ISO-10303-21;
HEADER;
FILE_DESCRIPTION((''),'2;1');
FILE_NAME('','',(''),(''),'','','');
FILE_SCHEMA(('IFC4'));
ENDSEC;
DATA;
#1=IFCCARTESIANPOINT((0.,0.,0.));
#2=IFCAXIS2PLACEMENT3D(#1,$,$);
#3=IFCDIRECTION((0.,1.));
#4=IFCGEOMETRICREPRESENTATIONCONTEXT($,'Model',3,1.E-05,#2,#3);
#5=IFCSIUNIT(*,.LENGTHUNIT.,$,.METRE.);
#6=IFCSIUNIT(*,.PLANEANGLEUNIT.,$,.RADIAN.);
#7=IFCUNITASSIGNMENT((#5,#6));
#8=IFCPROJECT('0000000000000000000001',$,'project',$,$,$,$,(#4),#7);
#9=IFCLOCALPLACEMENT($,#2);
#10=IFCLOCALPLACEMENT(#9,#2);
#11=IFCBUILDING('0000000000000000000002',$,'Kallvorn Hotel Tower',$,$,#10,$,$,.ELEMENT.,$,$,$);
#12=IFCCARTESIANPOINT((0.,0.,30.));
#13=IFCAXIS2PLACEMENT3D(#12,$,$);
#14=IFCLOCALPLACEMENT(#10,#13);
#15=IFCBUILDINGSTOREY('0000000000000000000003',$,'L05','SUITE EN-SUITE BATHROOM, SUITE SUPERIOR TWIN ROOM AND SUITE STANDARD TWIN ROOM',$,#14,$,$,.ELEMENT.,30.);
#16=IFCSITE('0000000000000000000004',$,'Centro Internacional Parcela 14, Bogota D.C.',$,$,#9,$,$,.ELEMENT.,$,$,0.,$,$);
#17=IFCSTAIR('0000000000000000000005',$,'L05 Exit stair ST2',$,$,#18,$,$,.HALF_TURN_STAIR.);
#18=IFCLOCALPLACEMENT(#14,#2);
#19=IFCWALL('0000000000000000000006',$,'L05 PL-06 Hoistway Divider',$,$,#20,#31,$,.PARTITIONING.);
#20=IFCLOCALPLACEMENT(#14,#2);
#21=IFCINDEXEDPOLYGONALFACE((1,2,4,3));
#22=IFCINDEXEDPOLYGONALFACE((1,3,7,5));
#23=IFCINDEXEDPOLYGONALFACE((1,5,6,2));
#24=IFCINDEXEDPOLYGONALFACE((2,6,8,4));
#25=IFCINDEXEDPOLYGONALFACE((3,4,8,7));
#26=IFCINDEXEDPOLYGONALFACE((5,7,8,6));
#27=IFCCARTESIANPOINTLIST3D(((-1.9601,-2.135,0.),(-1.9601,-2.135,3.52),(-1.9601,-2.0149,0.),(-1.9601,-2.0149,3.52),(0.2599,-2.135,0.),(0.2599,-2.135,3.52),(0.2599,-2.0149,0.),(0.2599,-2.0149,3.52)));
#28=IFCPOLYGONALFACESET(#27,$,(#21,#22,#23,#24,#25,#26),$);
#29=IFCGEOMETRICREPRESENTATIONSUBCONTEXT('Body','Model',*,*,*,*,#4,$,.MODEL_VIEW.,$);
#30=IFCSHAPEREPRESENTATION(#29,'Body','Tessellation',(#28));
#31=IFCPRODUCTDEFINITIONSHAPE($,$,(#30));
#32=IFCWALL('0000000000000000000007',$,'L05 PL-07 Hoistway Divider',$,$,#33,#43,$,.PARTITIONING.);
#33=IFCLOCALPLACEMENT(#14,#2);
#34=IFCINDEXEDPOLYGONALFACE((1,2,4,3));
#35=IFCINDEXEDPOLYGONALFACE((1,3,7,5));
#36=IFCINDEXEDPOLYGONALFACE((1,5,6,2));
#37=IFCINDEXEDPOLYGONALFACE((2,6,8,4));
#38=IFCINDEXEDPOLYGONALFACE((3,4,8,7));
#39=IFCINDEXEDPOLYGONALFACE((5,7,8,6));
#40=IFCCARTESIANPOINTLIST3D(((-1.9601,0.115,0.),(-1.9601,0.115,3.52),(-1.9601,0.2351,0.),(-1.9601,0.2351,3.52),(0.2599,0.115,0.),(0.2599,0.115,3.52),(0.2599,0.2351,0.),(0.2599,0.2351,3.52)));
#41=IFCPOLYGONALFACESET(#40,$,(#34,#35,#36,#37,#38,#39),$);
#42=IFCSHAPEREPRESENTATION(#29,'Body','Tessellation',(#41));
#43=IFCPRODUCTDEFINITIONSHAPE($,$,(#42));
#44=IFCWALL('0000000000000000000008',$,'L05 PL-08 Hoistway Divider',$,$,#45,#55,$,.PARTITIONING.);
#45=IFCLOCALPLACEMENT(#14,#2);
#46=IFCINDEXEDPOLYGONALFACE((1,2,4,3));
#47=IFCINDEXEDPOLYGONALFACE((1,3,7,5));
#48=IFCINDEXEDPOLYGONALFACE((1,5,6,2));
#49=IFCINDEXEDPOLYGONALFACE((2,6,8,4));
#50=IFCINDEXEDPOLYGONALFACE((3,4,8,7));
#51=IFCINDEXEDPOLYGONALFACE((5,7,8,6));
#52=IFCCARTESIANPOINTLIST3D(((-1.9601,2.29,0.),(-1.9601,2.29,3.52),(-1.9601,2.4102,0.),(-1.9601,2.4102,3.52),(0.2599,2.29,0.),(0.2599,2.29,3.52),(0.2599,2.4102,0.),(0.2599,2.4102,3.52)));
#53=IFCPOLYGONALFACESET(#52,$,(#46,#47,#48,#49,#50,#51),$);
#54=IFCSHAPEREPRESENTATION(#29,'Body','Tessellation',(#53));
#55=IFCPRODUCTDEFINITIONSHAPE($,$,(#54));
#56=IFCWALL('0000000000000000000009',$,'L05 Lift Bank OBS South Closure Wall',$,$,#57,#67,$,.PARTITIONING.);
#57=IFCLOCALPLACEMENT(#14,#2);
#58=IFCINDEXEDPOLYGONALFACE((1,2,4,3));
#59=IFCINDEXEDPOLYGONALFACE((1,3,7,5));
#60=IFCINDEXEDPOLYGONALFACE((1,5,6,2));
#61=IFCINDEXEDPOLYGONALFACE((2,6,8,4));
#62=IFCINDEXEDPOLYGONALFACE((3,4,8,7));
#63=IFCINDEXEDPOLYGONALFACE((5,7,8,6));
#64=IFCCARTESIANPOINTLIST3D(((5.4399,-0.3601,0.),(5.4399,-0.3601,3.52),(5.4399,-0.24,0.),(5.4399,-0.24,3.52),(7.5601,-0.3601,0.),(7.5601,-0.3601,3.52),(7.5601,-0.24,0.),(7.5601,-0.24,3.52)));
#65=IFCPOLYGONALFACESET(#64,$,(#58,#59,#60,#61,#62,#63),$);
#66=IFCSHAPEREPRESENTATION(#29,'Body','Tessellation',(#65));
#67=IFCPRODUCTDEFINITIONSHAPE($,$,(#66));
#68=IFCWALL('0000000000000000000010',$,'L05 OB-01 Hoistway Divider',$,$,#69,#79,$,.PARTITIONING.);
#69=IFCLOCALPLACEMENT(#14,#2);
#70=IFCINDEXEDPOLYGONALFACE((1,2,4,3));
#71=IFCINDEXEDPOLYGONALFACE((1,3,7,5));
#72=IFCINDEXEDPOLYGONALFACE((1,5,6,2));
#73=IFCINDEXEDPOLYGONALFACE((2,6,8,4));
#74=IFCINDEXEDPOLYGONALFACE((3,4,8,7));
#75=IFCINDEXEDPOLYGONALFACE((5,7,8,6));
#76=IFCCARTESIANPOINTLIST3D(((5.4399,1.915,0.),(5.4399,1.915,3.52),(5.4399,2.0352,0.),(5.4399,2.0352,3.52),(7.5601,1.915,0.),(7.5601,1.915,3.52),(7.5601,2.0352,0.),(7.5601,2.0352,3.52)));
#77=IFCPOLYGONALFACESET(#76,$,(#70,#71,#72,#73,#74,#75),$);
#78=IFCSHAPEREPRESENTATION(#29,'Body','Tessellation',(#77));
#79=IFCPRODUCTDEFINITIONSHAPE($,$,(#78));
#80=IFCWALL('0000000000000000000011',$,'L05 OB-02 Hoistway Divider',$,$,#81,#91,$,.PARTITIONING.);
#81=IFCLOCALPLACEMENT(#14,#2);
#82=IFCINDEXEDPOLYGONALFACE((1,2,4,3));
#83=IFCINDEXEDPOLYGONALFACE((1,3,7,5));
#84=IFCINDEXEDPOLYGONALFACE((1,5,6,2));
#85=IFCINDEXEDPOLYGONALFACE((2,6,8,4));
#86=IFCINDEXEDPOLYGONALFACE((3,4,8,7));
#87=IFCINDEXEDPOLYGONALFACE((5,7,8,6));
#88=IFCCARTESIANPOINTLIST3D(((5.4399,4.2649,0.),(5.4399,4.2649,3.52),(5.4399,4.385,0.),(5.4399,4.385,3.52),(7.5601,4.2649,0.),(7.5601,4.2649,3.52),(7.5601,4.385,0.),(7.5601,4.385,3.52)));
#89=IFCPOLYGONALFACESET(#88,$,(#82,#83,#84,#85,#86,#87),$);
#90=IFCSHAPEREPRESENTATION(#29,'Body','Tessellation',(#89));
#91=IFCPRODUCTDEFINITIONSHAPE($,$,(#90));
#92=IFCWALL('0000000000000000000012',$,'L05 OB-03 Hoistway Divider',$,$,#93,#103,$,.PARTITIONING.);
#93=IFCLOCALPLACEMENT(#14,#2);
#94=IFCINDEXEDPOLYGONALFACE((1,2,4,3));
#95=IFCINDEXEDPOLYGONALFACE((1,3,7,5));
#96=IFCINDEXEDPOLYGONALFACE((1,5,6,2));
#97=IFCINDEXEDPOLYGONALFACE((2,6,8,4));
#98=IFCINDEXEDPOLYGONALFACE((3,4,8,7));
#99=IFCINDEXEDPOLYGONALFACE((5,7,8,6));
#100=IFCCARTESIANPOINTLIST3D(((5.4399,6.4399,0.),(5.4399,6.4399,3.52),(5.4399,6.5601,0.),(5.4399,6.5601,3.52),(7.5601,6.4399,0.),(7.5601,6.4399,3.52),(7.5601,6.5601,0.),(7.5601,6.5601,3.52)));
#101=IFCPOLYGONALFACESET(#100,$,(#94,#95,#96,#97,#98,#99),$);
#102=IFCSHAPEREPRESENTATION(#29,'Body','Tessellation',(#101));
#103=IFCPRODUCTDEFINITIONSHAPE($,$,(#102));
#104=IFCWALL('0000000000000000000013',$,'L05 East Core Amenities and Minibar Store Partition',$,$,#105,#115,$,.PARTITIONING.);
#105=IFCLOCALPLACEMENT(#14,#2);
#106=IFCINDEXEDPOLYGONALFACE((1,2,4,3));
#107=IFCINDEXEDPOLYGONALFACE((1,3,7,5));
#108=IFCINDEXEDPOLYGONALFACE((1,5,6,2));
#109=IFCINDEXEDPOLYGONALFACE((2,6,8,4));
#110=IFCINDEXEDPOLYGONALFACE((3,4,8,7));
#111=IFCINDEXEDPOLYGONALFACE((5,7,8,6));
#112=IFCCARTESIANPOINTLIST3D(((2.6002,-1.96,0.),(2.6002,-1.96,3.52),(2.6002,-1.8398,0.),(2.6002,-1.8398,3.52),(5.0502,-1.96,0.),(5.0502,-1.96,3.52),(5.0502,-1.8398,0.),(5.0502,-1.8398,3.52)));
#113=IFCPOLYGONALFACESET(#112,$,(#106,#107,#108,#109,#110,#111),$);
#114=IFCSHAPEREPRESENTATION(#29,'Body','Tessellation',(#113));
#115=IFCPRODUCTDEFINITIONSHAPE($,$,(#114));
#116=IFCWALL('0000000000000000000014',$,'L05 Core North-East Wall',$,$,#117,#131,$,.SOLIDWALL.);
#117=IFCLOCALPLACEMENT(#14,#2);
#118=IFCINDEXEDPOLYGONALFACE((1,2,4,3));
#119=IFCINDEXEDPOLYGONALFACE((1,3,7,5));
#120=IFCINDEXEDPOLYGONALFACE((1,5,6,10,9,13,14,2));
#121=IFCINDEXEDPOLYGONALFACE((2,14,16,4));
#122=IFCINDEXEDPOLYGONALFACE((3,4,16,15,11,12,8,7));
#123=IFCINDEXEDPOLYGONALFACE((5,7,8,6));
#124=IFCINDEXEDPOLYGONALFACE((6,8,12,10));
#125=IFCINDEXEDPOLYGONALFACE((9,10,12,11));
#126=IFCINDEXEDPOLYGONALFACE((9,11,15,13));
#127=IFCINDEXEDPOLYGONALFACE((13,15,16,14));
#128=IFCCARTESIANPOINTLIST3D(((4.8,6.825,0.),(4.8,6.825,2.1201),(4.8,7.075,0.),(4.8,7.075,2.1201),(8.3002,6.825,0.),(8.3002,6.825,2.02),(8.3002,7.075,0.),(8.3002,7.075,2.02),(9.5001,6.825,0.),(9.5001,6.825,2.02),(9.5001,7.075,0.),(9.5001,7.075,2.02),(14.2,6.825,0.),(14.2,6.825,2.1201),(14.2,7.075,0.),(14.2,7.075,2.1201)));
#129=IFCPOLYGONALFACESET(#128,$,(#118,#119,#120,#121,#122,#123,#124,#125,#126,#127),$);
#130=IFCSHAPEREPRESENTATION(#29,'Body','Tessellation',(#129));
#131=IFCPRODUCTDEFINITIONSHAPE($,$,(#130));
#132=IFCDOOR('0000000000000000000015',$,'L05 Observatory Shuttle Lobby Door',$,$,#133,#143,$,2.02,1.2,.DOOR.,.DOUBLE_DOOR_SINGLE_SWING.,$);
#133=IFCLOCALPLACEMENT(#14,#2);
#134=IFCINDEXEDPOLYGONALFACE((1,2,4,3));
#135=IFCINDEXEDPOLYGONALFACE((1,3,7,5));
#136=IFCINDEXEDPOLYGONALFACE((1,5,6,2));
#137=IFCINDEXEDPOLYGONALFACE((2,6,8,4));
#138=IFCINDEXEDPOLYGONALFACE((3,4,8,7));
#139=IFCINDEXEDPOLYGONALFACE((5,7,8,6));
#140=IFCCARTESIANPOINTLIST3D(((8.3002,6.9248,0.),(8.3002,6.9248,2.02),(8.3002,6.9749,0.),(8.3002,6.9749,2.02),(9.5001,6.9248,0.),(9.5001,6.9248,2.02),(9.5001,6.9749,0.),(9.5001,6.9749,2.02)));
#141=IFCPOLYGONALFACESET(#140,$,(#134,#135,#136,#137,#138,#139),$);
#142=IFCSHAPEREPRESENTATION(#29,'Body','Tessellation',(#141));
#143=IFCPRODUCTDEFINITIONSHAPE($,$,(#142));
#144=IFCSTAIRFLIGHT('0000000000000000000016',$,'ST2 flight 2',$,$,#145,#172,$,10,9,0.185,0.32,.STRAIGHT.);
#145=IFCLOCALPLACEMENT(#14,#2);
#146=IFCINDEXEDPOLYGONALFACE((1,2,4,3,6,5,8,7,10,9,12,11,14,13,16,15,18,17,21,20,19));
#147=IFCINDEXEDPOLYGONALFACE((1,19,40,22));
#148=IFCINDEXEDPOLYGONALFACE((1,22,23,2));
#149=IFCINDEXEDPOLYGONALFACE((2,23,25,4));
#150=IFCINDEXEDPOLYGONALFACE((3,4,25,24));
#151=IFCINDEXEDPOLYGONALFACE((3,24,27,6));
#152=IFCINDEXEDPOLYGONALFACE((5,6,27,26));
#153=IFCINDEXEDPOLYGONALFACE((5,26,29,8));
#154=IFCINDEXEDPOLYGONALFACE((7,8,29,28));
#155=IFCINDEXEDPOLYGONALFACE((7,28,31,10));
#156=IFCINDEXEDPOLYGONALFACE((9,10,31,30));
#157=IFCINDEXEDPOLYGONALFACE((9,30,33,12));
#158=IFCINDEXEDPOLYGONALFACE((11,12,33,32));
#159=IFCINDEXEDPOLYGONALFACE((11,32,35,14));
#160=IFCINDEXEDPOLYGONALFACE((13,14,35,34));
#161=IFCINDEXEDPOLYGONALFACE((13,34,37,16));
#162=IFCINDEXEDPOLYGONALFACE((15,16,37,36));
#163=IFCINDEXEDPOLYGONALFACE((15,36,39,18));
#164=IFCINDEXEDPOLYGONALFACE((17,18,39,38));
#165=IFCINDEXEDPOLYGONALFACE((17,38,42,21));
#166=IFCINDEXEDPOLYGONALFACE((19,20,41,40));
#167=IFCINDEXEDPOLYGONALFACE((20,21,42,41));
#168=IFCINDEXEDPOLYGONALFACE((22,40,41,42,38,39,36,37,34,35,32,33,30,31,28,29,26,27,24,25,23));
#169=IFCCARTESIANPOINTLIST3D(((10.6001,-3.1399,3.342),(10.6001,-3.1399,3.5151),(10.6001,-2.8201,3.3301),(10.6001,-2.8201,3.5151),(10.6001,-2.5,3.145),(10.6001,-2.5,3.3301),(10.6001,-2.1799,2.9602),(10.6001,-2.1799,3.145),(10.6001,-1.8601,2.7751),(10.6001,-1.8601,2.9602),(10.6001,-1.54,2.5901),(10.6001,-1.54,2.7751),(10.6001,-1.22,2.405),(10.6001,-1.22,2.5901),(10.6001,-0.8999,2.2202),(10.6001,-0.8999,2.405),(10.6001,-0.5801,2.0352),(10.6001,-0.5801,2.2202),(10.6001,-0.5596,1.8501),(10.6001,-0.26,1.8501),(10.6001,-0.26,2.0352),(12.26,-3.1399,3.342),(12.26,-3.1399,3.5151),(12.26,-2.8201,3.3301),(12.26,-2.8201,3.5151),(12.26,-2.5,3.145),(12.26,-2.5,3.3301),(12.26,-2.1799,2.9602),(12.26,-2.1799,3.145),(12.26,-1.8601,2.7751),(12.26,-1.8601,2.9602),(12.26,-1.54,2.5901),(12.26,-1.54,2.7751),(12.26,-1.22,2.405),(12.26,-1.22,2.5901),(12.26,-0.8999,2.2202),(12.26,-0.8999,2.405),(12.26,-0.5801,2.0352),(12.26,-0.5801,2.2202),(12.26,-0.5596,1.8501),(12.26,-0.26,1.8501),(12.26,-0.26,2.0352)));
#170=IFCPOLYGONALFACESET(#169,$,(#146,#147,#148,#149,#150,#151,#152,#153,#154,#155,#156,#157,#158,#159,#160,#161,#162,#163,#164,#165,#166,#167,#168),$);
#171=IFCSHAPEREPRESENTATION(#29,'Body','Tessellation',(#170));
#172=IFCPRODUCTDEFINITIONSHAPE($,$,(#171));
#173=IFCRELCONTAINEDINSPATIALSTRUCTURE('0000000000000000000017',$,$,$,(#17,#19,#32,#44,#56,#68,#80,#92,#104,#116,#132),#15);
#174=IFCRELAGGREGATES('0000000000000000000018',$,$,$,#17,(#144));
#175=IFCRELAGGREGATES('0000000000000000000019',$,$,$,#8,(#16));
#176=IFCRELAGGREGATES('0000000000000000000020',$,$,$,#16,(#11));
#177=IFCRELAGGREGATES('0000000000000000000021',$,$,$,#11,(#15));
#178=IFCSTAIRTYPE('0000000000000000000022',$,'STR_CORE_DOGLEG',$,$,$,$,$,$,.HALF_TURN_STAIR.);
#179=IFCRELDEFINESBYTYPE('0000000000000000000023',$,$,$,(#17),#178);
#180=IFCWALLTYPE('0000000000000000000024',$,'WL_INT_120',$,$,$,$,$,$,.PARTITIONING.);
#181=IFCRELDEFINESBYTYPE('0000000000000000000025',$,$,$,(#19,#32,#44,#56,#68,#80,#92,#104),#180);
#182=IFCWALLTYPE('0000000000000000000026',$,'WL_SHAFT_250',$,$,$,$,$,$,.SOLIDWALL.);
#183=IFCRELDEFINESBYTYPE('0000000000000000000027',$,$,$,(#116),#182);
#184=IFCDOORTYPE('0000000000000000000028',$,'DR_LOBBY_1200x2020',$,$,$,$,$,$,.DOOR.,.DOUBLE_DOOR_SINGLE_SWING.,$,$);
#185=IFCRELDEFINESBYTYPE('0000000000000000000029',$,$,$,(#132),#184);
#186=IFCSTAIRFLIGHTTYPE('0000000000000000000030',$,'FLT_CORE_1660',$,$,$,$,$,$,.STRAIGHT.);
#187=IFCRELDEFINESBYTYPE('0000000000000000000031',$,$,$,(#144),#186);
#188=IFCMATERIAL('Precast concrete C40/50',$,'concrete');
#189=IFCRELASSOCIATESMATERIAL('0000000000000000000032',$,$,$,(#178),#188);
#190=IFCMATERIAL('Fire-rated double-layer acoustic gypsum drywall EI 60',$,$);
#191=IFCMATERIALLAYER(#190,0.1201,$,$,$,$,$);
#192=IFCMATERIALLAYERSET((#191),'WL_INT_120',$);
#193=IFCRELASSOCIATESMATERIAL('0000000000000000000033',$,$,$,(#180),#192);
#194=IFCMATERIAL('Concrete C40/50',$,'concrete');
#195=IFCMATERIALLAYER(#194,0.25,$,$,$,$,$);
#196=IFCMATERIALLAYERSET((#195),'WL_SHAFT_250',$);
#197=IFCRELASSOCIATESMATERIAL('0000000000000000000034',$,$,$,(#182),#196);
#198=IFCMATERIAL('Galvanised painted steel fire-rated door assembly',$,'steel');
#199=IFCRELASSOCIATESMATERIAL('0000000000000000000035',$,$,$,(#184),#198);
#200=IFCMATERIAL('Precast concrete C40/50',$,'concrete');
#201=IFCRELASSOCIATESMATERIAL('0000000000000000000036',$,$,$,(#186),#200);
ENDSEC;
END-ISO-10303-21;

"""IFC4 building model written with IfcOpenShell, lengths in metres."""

from ifc_helpers import new_model, si_unit, direction, frame, frame_2d, origin, place, context, subcontext, project, spatial, polyline, rectangle, outline, extrude, material, layer, layer_set, type_object, element, fill, aggregate, save


model = new_model("IFC4")

# Units and contexts
model_context = context("Model", 3, precision=1e-05, world=origin(), true_north=direction((0.0, 1.0)))
body_context = subcontext(model_context, "Body", "Model", "MODEL_VIEW")
ifc_project = project(units=[si_unit("LENGTHUNIT", "METRE"), si_unit("PLANEANGLEUNIT", "RADIAN")], contexts=[model_context])

# Site, building, storey
site_placement = place(None, origin())
site = spatial("IfcSite", under=ifc_project, at=site_placement, Name="Centro Internacional Parcela 14, Bogota D.C.", CompositionType="ELEMENT", RefElevation=0.0)
building_placement = place(site_placement, origin())
building = spatial("IfcBuilding", under=site, at=building_placement, Name="Kallvorn Hotel Tower", CompositionType="ELEMENT")
storey_placement = place(building_placement, frame((0.0, 0.0, 30.0)))
storey = spatial("IfcBuildingStorey", under=building, at=storey_placement, Name="L05", Description="SUITE EN-SUITE BATHROOM, SUITE SUPERIOR TWIN ROOM AND SUITE STANDARD TWIN ROOM", CompositionType="ELEMENT", Elevation=30.0)

# Stair
ifc_material_1 = material(Name="Precast concrete C40/50", Category="concrete")
stair_type = type_object("IfcStairType", Name="STR_CORE_DOGLEG", PredefinedType="HALF_TURN_STAIR", material=ifc_material_1)
stair_1_placement = place(storey_placement, origin())
stair_1 = element("IfcStair", 1, at=stair_1_placement, inside=storey, type_object=stair_type, Name="L05 Exit stair ST2", PredefinedType="HALF_TURN_STAIR")

# Walls
ifc_material_2 = material(Name="Fire-rated double-layer acoustic gypsum drywall EI 60")
ifc_layer_1 = layer(ifc_material_2, 0.1201)
ifc_layer_set_1 = layer_set([ifc_layer_1], Name="WL_INT_120")
wall_type_1 = type_object("IfcWallType", Name="WL_INT_120", PredefinedType="PARTITIONING", material=ifc_layer_set_1)
for number, where, z_axis, x_axis, name in (
    (2, (-1.96, -2.075, 0.0), (0.0, 0.0, 1.0), (1.0, 0.0, 0.0), "L05 PL-06 Hoistway Divider"),
    (3, (-1.96, 0.175, 0.0), (0.0, 0.0, 1.0), (1.0, 0.0, 0.0), "L05 PL-07 Hoistway Divider"),
    (4, (-1.96, 2.3501, 0.0), (0.0, 0.0, 1.0), (1.0, 0.0, 0.0), "L05 PL-08 Hoistway Divider"),
):
    element("IfcWall", number, at=place(storey_placement, frame(where, z_axis=z_axis, x_axis=x_axis)), inside=storey, type_object=wall_type_1, Name=name, PredefinedType="PARTITIONING", context=body_context, shape_type="SweptSolid", body=[
        extrude(rectangle(XDim=2.22, YDim=0.1201, at=frame_2d((1.1099, 0.0))), origin(), (0.0, 0.0, 1.0), 3.52),
    ])
for number, where, z_axis, x_axis, name in (
    (5, (5.4399, -0.3, 0.0), (0.0, 0.0, 1.0), (1.0, 0.0, 0.0), "L05 Lift Bank OBS South Closure Wall"),
    (6, (5.4399, 1.9751, 0.0), (0.0, 0.0, 1.0), (1.0, 0.0, 0.0), "L05 OB-01 Hoistway Divider"),
    (7, (5.4399, 4.325, 0.0), (0.0, 0.0, 1.0), (1.0, 0.0, 0.0), "L05 OB-02 Hoistway Divider"),
    (8, (5.4399, 6.5, 0.0), (0.0, 0.0, 1.0), (1.0, 0.0, 0.0), "L05 OB-03 Hoistway Divider"),
):
    element("IfcWall", number, at=place(storey_placement, frame(where, z_axis=z_axis, x_axis=x_axis)), inside=storey, type_object=wall_type_1, Name=name, PredefinedType="PARTITIONING", context=body_context, shape_type="SweptSolid", body=[
        extrude(rectangle(XDim=2.1201, YDim=0.1201, at=frame_2d((1.0601, 0.0))), origin(), (0.0, 0.0, 1.0), 3.52),
    ])
wall_1_placement = place(storey_placement, frame((2.6001, -1.8999, 0.0), z_axis=(0.0, 0.0, 1.0), x_axis=(1.0, 0.0, 0.0)))
element("IfcWall", 9, at=wall_1_placement, inside=storey, type_object=wall_type_1, Name="L05 East Core Amenities and Minibar Store Partition", PredefinedType="PARTITIONING", context=body_context, shape_type="SweptSolid", body=[
    extrude(rectangle(XDim=2.45, YDim=0.1201, at=frame_2d((1.2251, 0.0))), origin(), (0.0, 0.0, 1.0), 3.52),
])

# Wall, opening, door
ifc_material_3 = material(Name="Concrete C40/50", Category="concrete")
ifc_layer_2 = layer(ifc_material_3, 0.25)
ifc_layer_set_2 = layer_set([ifc_layer_2], Name="WL_SHAFT_250")
wall_type_2 = type_object("IfcWallType", Name="WL_SHAFT_250", PredefinedType="SOLIDWALL", material=ifc_layer_set_2)
wall_2_placement = place(storey_placement, frame((4.8, 6.95, 0.0), z_axis=(0.0, 0.0, 1.0), x_axis=(1.0, 0.0, 0.0)))
wall_2 = element("IfcWall", 10, at=wall_2_placement, inside=storey, type_object=wall_type_2, Name="L05 Core North-East Wall", PredefinedType="SOLIDWALL", context=body_context, shape_type="SweptSolid", body=[
    extrude(rectangle(XDim=9.3999, YDim=0.25, at=frame_2d((4.7, 0.0))), origin(), (0.0, 0.0, 1.0), 2.1201),
])
opening_placement = place(wall_2_placement, frame((3.5, 0.0, 0.0)))
opening = element("IfcOpeningElement", 11, at=opening_placement, cuts=wall_2, PredefinedType="OPENING", context=body_context, shape_type="SweptSolid", body=[
    extrude(rectangle(XDim=1.2, YDim=2.02, at=frame_2d((0.6001, 1.01))), frame((0.0, 0.1399, 0.0), z_axis=(0.0, -1.0, 0.0), x_axis=(1.0, 0.0, 0.0)), (0.0, 0.0, 1.0), 0.28),
])
ifc_material_4 = material(Name="Galvanised painted steel fire-rated door assembly", Category="steel")
door_type = type_object("IfcDoorType", Name="DR_LOBBY_1200x2020", OperationType="DOUBLE_DOOR_SINGLE_SWING", PredefinedType="DOOR", material=ifc_material_4)
door_placement = place(opening_placement, origin())
door = element("IfcDoor", 12, at=door_placement, inside=storey, type_object=door_type, Name="L05 Observatory Shuttle Lobby Door", OperationType="DOUBLE_DOOR_SINGLE_SWING", OverallHeight=2.02, OverallWidth=1.2, PredefinedType="DOOR", context=body_context, shape_type="SweptSolid", body=[
    extrude(rectangle(XDim=1.2, YDim=2.02, at=frame_2d((0.6001, 1.01))), frame((0.0, 0.0249, 0.0), z_axis=(0.0, -1.0, 0.0), x_axis=(1.0, 0.0, 0.0)), (0.0, 0.0, 1.0), 0.05),
])
fill(opening, door)

# Stair flight
ifc_material_5 = material(Name="Precast concrete C40/50", Category="concrete")
stair_flight_type = type_object("IfcStairFlightType", Name="FLT_CORE_1660", PredefinedType="STRAIGHT", material=ifc_material_5)
stair_flight_1_placement = place(storey_placement, frame((11.4299, -0.26, 1.8501), z_axis=(0.0, 0.0, 1.0), x_axis=(0.0, -1.0, 0.0)))
stair_flight_1 = element("IfcStairFlight", 13, at=stair_flight_1_placement, type_object=stair_flight_type, Name="ST2 flight 2", NumberOfRisers=10, NumberOfTreads=9, PredefinedType="STRAIGHT", RiserHeight=0.185, TreadLength=0.32, context=body_context, shape_type="SweptSolid", body=[
    extrude(outline(polyline([(0.0, 0.0), (0.0, 0.1851), (0.3201, 0.1851), (0.3201, 0.3701), (0.6399, 0.3701), (0.6399, 0.5549), (0.96, 0.5549), (0.96, 0.74), (1.28, 0.74), (1.28, 0.925), (1.6001, 0.925), (1.6001, 1.1101), (1.9199, 1.1101), (1.9199, 1.2949), (2.24, 1.2949), (2.24, 1.48), (2.5601, 1.48), (2.5601, 1.665), (2.8799, 1.665), (2.8799, 1.8501), (2.8799, 1.4919), (0.2996, 0.0), (0.0, 0.0)])), frame((0.0, 0.8301, 0.0), z_axis=(0.0, -1.0, 0.0), x_axis=(1.0, 0.0, 0.0)), (0.0, 0.0, 1.0), 1.6599),
])
aggregate(stair_1, [stair_flight_1])

save(model, "model.ifc")
